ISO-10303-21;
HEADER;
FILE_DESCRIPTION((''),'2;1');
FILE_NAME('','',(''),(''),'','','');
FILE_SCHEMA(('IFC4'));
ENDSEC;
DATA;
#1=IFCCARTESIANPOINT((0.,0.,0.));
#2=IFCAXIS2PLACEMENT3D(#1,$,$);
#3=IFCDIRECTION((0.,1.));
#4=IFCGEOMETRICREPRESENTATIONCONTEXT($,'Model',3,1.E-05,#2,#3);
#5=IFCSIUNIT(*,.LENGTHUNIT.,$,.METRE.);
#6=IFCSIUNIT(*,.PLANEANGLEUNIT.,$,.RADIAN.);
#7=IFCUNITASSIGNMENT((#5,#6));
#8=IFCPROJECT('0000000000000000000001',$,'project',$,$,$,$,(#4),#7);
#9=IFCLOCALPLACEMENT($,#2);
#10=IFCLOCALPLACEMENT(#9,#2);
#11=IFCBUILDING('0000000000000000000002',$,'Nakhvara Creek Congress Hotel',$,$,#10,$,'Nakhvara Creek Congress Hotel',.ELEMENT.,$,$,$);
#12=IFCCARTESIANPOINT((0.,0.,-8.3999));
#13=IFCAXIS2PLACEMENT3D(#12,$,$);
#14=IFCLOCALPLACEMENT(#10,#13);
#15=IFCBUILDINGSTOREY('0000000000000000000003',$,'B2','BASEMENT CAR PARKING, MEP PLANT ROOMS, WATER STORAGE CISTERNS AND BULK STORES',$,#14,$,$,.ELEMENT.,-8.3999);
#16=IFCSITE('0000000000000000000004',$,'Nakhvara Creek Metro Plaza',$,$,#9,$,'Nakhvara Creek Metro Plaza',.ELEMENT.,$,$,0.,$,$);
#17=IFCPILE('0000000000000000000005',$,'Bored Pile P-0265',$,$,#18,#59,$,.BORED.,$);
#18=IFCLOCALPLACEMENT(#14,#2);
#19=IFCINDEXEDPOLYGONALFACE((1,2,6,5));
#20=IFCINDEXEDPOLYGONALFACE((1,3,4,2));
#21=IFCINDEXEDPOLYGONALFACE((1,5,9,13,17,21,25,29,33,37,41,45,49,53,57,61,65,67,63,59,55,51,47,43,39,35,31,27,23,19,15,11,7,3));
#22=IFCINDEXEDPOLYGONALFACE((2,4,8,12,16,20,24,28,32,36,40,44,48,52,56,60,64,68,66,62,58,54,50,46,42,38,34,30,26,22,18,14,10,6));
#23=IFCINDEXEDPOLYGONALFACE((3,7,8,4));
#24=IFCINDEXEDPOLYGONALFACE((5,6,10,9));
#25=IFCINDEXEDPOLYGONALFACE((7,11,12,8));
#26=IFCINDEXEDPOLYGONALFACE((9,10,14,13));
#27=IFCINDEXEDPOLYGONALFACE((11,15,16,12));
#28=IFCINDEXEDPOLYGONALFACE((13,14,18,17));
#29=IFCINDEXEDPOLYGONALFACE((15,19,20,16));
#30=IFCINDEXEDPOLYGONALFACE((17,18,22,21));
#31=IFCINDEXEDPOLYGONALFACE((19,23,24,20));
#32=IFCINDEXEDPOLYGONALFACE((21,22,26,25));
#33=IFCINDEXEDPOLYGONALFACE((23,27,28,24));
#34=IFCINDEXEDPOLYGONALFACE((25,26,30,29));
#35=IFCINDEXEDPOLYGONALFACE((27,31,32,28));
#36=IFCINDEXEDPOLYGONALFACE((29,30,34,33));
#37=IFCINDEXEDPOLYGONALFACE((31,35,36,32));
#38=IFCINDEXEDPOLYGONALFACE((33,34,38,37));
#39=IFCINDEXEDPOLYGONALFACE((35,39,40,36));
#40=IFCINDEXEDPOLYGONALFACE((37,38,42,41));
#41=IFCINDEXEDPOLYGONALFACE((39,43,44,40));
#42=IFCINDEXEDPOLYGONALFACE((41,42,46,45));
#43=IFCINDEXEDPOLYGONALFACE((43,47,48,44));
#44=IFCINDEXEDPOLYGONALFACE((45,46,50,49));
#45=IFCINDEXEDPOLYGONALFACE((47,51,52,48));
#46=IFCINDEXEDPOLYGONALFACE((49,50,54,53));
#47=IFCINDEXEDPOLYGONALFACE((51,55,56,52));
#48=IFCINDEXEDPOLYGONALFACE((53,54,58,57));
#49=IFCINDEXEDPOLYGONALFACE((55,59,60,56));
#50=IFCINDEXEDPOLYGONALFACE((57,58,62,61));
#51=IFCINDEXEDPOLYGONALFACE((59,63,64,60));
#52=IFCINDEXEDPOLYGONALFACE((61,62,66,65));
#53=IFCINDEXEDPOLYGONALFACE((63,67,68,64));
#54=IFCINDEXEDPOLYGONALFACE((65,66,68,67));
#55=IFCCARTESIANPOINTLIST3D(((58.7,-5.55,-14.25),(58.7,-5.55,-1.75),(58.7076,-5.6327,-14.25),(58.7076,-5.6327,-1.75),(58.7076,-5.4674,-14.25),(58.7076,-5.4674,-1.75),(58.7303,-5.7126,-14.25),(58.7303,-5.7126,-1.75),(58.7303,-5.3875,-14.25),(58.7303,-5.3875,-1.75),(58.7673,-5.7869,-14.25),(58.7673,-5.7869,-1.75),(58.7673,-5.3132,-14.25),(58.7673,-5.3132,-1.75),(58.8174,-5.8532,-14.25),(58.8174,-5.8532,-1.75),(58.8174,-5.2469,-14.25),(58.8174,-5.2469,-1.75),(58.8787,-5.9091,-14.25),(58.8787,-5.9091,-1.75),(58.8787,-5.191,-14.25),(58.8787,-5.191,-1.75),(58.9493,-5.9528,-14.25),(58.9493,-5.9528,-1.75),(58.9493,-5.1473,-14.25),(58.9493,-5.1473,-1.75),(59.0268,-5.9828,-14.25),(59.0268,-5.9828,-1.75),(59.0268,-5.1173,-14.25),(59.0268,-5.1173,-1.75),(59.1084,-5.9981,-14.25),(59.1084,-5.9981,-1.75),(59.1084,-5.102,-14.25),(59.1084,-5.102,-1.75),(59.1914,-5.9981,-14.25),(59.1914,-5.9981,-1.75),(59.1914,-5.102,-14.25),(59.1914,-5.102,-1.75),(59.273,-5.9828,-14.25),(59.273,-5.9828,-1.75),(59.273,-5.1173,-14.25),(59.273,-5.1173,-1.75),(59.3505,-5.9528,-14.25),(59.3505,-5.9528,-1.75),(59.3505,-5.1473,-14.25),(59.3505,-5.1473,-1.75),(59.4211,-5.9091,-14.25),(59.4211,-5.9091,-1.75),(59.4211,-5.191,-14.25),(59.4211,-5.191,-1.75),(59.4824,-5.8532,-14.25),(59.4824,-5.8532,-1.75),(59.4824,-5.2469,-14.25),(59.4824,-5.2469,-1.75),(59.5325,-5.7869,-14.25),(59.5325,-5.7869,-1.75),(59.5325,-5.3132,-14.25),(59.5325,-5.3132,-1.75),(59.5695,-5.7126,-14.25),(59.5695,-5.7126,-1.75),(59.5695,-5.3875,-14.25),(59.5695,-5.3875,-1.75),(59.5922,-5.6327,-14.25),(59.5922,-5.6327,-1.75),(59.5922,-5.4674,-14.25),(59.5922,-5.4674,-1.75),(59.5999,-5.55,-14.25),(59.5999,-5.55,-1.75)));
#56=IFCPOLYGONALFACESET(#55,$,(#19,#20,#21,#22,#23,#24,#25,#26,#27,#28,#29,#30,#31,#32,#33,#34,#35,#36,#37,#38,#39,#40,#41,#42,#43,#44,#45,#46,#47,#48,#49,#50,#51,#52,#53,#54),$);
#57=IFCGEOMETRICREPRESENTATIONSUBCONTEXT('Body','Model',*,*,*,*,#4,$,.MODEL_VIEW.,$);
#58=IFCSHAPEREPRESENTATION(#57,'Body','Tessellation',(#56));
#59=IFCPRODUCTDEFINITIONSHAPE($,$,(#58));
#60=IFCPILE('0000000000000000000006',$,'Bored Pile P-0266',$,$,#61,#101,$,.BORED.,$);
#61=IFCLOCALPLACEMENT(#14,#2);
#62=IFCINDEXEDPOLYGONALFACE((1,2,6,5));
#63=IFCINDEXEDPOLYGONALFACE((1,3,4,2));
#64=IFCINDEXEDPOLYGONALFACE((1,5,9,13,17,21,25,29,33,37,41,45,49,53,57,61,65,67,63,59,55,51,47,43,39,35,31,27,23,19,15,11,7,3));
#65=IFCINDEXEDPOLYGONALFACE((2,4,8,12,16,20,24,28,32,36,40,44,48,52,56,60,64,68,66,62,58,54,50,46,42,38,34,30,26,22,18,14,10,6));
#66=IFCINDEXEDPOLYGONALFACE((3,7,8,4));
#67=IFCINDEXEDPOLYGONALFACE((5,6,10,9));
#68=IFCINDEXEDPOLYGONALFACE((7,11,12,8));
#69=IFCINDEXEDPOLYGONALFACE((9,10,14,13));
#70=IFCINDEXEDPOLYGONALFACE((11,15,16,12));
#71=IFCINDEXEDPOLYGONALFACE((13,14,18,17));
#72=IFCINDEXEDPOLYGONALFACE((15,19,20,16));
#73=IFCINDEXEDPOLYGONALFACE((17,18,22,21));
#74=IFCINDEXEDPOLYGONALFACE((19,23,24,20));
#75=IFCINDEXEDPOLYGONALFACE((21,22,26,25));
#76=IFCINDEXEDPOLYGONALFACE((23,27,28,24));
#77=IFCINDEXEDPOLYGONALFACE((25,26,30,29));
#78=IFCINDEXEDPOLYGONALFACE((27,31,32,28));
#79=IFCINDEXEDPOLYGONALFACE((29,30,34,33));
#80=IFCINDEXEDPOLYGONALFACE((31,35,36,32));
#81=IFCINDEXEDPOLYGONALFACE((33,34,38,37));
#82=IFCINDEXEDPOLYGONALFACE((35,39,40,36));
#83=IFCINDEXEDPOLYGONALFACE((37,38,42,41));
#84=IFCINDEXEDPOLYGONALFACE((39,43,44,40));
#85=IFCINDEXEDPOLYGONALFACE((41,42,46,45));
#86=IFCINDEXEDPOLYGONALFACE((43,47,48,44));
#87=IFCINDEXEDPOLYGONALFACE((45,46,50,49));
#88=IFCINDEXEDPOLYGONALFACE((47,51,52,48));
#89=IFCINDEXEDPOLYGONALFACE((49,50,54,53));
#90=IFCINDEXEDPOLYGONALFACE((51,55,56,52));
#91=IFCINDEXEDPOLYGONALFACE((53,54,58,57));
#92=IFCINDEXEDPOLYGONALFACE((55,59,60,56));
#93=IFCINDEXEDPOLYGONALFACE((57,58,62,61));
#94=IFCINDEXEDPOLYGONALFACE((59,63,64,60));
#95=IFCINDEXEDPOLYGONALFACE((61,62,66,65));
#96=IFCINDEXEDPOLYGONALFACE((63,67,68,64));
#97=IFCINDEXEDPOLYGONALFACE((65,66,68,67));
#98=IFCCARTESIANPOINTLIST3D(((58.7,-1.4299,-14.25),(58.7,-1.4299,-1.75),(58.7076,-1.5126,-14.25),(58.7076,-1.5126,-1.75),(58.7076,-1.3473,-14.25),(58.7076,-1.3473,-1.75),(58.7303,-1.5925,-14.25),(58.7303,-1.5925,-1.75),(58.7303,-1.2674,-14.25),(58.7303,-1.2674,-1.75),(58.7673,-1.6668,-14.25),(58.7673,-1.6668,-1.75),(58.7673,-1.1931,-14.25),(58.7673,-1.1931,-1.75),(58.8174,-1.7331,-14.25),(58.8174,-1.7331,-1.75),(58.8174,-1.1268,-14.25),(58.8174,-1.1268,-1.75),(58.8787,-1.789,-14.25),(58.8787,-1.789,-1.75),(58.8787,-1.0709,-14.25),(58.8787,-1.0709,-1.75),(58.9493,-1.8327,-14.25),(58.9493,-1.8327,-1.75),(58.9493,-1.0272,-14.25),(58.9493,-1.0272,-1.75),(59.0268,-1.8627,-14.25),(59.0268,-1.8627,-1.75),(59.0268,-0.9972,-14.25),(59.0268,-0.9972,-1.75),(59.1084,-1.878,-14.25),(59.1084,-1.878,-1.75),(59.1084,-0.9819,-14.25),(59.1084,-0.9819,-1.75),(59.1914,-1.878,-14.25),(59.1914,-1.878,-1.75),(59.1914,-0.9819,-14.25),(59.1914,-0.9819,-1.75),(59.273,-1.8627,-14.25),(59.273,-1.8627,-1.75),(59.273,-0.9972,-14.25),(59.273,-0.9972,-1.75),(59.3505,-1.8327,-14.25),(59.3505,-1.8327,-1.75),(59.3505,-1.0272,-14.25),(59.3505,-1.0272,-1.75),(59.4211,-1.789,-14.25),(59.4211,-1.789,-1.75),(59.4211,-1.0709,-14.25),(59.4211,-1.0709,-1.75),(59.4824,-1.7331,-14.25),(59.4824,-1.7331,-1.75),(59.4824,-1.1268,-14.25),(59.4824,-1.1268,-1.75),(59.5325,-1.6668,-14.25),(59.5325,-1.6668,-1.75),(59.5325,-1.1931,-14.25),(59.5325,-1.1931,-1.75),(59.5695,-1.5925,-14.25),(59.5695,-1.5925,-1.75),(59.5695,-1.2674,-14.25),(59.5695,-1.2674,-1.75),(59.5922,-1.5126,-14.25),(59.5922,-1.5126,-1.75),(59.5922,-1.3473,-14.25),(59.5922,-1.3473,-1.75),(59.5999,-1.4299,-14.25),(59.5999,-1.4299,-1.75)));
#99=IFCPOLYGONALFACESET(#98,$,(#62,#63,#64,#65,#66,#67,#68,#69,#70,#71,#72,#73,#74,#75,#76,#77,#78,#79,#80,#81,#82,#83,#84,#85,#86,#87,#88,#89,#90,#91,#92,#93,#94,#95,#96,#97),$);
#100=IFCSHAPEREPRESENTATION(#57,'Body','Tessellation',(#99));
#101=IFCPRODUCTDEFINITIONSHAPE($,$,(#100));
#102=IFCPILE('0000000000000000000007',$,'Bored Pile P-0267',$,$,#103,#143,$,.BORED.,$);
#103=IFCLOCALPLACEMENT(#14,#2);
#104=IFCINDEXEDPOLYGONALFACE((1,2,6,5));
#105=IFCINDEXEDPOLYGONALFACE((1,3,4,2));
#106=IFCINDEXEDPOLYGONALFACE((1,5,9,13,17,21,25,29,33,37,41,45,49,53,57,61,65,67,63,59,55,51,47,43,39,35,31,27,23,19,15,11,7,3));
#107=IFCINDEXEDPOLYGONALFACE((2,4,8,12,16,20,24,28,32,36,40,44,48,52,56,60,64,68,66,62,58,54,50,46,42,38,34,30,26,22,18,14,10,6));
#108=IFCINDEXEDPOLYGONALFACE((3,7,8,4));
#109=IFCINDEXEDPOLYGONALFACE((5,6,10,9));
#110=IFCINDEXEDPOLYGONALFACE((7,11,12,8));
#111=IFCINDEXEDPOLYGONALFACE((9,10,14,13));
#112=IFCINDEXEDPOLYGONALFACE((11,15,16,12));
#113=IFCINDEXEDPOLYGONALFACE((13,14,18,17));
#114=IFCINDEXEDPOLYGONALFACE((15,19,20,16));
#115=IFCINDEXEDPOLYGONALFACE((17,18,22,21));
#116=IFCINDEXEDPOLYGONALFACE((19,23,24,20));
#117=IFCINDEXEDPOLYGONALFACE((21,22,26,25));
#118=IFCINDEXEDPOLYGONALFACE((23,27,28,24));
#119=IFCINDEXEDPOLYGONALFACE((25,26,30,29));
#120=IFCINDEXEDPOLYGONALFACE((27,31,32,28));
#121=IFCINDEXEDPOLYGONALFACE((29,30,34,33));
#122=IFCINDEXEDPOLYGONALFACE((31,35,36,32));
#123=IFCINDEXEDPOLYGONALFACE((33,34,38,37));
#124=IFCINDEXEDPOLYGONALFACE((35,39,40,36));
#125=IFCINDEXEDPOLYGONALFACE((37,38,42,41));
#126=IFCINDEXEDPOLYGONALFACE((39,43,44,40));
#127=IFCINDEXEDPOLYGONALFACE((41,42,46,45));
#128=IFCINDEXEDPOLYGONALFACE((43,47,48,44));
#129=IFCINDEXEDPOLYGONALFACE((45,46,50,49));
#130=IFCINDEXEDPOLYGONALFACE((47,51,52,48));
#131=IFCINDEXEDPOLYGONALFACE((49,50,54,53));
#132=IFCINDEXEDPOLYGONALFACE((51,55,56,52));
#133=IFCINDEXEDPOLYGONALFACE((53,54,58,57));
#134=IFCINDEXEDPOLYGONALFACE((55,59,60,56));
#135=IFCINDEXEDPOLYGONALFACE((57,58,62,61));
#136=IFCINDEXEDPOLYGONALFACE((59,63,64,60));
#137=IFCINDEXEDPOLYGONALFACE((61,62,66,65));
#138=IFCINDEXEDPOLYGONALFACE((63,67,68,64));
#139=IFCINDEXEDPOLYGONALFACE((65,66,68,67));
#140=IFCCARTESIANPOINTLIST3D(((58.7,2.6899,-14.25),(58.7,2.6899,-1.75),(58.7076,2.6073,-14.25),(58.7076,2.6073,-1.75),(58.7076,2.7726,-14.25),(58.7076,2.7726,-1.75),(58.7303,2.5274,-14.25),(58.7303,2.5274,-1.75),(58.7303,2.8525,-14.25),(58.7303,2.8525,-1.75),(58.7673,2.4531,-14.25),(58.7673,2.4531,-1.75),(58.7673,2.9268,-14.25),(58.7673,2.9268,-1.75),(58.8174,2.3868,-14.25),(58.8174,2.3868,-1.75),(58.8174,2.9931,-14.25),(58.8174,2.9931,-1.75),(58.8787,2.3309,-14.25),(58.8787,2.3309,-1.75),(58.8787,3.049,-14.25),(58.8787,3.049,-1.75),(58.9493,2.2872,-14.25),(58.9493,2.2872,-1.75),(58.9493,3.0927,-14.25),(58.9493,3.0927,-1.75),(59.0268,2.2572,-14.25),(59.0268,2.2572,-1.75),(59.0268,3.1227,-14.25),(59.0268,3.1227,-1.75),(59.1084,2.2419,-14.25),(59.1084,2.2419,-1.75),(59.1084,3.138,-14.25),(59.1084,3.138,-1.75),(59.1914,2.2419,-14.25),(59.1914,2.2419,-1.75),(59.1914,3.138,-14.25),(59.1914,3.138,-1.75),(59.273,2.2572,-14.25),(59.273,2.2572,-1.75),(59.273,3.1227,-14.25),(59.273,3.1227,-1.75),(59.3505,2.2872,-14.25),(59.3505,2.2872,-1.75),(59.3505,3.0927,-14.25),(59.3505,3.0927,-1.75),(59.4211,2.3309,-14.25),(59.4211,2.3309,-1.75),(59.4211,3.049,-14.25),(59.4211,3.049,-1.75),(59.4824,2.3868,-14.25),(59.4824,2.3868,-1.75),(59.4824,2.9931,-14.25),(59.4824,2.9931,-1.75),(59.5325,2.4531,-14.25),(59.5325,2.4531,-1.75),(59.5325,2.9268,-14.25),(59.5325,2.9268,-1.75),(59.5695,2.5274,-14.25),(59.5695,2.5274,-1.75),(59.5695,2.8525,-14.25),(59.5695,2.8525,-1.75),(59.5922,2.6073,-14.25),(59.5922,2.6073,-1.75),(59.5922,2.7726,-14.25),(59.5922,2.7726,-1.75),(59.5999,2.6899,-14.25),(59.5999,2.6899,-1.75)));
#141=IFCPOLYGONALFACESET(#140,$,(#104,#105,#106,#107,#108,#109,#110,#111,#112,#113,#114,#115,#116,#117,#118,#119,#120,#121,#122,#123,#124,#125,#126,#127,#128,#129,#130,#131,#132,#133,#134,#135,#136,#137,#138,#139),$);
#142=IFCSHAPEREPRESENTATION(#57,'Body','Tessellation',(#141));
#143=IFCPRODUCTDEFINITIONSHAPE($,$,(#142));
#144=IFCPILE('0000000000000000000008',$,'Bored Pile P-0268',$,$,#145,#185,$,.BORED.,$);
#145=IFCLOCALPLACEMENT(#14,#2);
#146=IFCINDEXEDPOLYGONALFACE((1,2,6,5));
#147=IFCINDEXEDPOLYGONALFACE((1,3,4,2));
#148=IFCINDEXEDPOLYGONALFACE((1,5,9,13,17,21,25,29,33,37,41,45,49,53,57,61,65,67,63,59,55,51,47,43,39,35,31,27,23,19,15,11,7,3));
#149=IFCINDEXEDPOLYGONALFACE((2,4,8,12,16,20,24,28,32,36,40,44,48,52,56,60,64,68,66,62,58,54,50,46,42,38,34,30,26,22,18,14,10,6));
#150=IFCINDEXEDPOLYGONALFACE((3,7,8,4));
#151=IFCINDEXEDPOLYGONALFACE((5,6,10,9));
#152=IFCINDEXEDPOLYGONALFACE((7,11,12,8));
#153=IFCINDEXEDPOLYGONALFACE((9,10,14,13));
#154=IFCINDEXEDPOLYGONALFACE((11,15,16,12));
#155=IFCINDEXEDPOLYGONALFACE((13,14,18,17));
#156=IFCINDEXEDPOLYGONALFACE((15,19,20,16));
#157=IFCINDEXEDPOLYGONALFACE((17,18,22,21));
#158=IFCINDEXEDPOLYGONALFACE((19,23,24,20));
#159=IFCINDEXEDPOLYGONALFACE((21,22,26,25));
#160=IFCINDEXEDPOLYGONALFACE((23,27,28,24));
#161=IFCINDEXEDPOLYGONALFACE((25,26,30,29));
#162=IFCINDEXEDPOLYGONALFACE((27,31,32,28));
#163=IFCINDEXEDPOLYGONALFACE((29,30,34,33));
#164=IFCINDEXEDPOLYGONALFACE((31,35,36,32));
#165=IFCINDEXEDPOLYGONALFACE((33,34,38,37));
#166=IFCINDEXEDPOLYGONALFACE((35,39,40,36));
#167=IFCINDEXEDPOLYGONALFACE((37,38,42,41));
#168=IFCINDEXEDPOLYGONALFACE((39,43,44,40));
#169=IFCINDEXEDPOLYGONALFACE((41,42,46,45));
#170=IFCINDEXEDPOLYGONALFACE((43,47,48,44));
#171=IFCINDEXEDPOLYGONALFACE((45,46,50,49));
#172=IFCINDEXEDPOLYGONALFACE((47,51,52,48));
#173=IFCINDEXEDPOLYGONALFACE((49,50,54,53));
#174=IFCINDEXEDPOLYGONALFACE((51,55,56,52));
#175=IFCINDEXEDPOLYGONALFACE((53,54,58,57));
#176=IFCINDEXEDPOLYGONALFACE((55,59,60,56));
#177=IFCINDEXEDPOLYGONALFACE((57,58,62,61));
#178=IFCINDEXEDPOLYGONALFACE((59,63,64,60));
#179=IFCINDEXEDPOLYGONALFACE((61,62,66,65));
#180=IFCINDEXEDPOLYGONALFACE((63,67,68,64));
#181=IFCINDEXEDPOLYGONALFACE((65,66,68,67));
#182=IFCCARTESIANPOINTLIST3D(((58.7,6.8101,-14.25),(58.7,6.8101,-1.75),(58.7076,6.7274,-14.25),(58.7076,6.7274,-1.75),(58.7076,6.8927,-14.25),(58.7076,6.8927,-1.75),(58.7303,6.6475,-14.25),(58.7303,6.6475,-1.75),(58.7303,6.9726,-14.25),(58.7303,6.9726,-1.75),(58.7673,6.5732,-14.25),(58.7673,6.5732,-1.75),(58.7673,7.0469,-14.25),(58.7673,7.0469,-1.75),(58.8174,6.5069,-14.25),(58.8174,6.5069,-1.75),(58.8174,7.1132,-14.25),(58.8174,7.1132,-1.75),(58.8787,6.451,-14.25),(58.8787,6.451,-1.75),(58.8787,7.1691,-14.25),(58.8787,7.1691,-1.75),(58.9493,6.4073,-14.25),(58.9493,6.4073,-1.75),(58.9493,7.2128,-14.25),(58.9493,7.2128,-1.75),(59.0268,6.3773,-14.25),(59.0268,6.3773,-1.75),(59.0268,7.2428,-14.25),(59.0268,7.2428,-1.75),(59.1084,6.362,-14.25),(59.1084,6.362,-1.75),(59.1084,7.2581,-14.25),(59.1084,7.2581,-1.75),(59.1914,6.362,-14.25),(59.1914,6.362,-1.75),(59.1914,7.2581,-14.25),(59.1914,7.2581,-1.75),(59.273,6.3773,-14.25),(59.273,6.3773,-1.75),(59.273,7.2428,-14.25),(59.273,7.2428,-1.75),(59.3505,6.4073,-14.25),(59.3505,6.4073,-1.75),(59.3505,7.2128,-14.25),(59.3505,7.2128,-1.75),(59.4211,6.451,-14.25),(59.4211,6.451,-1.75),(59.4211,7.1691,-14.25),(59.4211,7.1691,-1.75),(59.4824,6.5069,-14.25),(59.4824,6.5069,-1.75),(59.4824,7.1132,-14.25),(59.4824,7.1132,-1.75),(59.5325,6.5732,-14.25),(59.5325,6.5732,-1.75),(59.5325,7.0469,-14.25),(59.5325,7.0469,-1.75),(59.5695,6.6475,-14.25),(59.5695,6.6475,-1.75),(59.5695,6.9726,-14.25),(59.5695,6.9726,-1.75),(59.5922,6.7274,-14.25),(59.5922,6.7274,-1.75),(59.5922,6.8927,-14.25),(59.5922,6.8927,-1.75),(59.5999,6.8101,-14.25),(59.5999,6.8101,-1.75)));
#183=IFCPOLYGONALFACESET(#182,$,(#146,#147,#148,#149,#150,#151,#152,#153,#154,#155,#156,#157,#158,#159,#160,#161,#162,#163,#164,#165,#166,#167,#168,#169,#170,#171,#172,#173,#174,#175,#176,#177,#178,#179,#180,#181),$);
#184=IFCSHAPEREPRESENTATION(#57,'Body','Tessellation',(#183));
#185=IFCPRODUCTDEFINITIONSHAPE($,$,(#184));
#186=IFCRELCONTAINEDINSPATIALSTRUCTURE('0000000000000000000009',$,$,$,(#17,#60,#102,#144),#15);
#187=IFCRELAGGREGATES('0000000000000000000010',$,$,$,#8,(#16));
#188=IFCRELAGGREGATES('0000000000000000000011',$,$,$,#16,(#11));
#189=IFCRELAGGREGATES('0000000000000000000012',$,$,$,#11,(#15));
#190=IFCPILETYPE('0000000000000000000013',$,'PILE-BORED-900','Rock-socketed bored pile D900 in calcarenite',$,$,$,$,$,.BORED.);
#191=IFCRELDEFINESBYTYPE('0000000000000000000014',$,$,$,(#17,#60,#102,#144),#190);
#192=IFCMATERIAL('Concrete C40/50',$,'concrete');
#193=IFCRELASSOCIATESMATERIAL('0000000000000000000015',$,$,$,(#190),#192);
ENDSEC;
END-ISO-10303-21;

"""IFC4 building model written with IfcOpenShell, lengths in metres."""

from ifc_helpers import new_model, si_unit, direction, frame, origin, origin_2d, place, context, subcontext, project, spatial, circle, extrude, material, material_profile, profile_set, type_object, element, save


model = new_model("IFC4")

# Units and contexts
model_context = context("Model", 3, precision=1e-05, world=origin(), true_north=direction((0.0, 1.0)))
body_context = subcontext(model_context, "Body", "Model", "MODEL_VIEW")
ifc_project = project(units=[si_unit("LENGTHUNIT", "METRE"), si_unit("PLANEANGLEUNIT", "RADIAN")], contexts=[model_context])

# Site, building, storey
site_placement = place(None, origin())
site = spatial("IfcSite", under=ifc_project, at=site_placement, Name="Nakhvara Creek Metro Plaza", LongName="Nakhvara Creek Metro Plaza", CompositionType="ELEMENT", RefElevation=0.0)
building_placement = place(site_placement, origin())
building = spatial("IfcBuilding", under=site, at=building_placement, Name="Nakhvara Creek Congress Hotel", LongName="Nakhvara Creek Congress Hotel", CompositionType="ELEMENT")
storey_placement = place(building_placement, frame((0.0, 0.0, -8.3999)))
storey = spatial("IfcBuildingStorey", under=building, at=storey_placement, Name="B2", Description="BASEMENT CAR PARKING, MEP PLANT ROOMS, WATER STORAGE CISTERNS AND BULK STORES", CompositionType="ELEMENT", Elevation=-8.3999)

# Piles
ifc_material_1 = material(Name="Concrete C40/50", Category="concrete")
ifc_material_profile = material_profile(ifc_material_1, circle(Radius=0.45, at=origin_2d()), Name="BORED PILE D900", Category="LoadBearing")
ifc_profile_set = profile_set([ifc_material_profile], Name="Concrete C40/50")
pile_type = type_object("IfcPileType", Name="PILE-BORED-900", Description="Rock-socketed bored pile D900 in calcarenite", PredefinedType="BORED", material=ifc_profile_set)
for number, where, z_axis, x_axis, name in (
    (1, (59.1499, -5.55, -1.75), (0.0, 0.0, -1.0), (1.0, 0.0, 0.0), "Bored Pile P-0265"),
    (2, (59.1499, -1.4299, -1.75), (0.0, 0.0, -1.0), (1.0, 0.0, 0.0), "Bored Pile P-0266"),
    (3, (59.1499, 2.6899, -1.75), (0.0, 0.0, -1.0), (1.0, 0.0, 0.0), "Bored Pile P-0267"),
    (4, (59.1499, 6.8101, -1.75), (0.0, 0.0, -1.0), (1.0, 0.0, 0.0), "Bored Pile P-0268"),
):
    element("IfcPile", number, at=place(storey_placement, frame(where, z_axis=z_axis, x_axis=x_axis)), inside=storey, type_object=pile_type, Name=name, PredefinedType="BORED", context=body_context, shape_type="SweptSolid", body=[
        extrude(circle(Radius=0.45, at=origin_2d()), origin(), (0.0, 0.0, 1.0), 12.5),
    ])

save(model, "model.ifc")
